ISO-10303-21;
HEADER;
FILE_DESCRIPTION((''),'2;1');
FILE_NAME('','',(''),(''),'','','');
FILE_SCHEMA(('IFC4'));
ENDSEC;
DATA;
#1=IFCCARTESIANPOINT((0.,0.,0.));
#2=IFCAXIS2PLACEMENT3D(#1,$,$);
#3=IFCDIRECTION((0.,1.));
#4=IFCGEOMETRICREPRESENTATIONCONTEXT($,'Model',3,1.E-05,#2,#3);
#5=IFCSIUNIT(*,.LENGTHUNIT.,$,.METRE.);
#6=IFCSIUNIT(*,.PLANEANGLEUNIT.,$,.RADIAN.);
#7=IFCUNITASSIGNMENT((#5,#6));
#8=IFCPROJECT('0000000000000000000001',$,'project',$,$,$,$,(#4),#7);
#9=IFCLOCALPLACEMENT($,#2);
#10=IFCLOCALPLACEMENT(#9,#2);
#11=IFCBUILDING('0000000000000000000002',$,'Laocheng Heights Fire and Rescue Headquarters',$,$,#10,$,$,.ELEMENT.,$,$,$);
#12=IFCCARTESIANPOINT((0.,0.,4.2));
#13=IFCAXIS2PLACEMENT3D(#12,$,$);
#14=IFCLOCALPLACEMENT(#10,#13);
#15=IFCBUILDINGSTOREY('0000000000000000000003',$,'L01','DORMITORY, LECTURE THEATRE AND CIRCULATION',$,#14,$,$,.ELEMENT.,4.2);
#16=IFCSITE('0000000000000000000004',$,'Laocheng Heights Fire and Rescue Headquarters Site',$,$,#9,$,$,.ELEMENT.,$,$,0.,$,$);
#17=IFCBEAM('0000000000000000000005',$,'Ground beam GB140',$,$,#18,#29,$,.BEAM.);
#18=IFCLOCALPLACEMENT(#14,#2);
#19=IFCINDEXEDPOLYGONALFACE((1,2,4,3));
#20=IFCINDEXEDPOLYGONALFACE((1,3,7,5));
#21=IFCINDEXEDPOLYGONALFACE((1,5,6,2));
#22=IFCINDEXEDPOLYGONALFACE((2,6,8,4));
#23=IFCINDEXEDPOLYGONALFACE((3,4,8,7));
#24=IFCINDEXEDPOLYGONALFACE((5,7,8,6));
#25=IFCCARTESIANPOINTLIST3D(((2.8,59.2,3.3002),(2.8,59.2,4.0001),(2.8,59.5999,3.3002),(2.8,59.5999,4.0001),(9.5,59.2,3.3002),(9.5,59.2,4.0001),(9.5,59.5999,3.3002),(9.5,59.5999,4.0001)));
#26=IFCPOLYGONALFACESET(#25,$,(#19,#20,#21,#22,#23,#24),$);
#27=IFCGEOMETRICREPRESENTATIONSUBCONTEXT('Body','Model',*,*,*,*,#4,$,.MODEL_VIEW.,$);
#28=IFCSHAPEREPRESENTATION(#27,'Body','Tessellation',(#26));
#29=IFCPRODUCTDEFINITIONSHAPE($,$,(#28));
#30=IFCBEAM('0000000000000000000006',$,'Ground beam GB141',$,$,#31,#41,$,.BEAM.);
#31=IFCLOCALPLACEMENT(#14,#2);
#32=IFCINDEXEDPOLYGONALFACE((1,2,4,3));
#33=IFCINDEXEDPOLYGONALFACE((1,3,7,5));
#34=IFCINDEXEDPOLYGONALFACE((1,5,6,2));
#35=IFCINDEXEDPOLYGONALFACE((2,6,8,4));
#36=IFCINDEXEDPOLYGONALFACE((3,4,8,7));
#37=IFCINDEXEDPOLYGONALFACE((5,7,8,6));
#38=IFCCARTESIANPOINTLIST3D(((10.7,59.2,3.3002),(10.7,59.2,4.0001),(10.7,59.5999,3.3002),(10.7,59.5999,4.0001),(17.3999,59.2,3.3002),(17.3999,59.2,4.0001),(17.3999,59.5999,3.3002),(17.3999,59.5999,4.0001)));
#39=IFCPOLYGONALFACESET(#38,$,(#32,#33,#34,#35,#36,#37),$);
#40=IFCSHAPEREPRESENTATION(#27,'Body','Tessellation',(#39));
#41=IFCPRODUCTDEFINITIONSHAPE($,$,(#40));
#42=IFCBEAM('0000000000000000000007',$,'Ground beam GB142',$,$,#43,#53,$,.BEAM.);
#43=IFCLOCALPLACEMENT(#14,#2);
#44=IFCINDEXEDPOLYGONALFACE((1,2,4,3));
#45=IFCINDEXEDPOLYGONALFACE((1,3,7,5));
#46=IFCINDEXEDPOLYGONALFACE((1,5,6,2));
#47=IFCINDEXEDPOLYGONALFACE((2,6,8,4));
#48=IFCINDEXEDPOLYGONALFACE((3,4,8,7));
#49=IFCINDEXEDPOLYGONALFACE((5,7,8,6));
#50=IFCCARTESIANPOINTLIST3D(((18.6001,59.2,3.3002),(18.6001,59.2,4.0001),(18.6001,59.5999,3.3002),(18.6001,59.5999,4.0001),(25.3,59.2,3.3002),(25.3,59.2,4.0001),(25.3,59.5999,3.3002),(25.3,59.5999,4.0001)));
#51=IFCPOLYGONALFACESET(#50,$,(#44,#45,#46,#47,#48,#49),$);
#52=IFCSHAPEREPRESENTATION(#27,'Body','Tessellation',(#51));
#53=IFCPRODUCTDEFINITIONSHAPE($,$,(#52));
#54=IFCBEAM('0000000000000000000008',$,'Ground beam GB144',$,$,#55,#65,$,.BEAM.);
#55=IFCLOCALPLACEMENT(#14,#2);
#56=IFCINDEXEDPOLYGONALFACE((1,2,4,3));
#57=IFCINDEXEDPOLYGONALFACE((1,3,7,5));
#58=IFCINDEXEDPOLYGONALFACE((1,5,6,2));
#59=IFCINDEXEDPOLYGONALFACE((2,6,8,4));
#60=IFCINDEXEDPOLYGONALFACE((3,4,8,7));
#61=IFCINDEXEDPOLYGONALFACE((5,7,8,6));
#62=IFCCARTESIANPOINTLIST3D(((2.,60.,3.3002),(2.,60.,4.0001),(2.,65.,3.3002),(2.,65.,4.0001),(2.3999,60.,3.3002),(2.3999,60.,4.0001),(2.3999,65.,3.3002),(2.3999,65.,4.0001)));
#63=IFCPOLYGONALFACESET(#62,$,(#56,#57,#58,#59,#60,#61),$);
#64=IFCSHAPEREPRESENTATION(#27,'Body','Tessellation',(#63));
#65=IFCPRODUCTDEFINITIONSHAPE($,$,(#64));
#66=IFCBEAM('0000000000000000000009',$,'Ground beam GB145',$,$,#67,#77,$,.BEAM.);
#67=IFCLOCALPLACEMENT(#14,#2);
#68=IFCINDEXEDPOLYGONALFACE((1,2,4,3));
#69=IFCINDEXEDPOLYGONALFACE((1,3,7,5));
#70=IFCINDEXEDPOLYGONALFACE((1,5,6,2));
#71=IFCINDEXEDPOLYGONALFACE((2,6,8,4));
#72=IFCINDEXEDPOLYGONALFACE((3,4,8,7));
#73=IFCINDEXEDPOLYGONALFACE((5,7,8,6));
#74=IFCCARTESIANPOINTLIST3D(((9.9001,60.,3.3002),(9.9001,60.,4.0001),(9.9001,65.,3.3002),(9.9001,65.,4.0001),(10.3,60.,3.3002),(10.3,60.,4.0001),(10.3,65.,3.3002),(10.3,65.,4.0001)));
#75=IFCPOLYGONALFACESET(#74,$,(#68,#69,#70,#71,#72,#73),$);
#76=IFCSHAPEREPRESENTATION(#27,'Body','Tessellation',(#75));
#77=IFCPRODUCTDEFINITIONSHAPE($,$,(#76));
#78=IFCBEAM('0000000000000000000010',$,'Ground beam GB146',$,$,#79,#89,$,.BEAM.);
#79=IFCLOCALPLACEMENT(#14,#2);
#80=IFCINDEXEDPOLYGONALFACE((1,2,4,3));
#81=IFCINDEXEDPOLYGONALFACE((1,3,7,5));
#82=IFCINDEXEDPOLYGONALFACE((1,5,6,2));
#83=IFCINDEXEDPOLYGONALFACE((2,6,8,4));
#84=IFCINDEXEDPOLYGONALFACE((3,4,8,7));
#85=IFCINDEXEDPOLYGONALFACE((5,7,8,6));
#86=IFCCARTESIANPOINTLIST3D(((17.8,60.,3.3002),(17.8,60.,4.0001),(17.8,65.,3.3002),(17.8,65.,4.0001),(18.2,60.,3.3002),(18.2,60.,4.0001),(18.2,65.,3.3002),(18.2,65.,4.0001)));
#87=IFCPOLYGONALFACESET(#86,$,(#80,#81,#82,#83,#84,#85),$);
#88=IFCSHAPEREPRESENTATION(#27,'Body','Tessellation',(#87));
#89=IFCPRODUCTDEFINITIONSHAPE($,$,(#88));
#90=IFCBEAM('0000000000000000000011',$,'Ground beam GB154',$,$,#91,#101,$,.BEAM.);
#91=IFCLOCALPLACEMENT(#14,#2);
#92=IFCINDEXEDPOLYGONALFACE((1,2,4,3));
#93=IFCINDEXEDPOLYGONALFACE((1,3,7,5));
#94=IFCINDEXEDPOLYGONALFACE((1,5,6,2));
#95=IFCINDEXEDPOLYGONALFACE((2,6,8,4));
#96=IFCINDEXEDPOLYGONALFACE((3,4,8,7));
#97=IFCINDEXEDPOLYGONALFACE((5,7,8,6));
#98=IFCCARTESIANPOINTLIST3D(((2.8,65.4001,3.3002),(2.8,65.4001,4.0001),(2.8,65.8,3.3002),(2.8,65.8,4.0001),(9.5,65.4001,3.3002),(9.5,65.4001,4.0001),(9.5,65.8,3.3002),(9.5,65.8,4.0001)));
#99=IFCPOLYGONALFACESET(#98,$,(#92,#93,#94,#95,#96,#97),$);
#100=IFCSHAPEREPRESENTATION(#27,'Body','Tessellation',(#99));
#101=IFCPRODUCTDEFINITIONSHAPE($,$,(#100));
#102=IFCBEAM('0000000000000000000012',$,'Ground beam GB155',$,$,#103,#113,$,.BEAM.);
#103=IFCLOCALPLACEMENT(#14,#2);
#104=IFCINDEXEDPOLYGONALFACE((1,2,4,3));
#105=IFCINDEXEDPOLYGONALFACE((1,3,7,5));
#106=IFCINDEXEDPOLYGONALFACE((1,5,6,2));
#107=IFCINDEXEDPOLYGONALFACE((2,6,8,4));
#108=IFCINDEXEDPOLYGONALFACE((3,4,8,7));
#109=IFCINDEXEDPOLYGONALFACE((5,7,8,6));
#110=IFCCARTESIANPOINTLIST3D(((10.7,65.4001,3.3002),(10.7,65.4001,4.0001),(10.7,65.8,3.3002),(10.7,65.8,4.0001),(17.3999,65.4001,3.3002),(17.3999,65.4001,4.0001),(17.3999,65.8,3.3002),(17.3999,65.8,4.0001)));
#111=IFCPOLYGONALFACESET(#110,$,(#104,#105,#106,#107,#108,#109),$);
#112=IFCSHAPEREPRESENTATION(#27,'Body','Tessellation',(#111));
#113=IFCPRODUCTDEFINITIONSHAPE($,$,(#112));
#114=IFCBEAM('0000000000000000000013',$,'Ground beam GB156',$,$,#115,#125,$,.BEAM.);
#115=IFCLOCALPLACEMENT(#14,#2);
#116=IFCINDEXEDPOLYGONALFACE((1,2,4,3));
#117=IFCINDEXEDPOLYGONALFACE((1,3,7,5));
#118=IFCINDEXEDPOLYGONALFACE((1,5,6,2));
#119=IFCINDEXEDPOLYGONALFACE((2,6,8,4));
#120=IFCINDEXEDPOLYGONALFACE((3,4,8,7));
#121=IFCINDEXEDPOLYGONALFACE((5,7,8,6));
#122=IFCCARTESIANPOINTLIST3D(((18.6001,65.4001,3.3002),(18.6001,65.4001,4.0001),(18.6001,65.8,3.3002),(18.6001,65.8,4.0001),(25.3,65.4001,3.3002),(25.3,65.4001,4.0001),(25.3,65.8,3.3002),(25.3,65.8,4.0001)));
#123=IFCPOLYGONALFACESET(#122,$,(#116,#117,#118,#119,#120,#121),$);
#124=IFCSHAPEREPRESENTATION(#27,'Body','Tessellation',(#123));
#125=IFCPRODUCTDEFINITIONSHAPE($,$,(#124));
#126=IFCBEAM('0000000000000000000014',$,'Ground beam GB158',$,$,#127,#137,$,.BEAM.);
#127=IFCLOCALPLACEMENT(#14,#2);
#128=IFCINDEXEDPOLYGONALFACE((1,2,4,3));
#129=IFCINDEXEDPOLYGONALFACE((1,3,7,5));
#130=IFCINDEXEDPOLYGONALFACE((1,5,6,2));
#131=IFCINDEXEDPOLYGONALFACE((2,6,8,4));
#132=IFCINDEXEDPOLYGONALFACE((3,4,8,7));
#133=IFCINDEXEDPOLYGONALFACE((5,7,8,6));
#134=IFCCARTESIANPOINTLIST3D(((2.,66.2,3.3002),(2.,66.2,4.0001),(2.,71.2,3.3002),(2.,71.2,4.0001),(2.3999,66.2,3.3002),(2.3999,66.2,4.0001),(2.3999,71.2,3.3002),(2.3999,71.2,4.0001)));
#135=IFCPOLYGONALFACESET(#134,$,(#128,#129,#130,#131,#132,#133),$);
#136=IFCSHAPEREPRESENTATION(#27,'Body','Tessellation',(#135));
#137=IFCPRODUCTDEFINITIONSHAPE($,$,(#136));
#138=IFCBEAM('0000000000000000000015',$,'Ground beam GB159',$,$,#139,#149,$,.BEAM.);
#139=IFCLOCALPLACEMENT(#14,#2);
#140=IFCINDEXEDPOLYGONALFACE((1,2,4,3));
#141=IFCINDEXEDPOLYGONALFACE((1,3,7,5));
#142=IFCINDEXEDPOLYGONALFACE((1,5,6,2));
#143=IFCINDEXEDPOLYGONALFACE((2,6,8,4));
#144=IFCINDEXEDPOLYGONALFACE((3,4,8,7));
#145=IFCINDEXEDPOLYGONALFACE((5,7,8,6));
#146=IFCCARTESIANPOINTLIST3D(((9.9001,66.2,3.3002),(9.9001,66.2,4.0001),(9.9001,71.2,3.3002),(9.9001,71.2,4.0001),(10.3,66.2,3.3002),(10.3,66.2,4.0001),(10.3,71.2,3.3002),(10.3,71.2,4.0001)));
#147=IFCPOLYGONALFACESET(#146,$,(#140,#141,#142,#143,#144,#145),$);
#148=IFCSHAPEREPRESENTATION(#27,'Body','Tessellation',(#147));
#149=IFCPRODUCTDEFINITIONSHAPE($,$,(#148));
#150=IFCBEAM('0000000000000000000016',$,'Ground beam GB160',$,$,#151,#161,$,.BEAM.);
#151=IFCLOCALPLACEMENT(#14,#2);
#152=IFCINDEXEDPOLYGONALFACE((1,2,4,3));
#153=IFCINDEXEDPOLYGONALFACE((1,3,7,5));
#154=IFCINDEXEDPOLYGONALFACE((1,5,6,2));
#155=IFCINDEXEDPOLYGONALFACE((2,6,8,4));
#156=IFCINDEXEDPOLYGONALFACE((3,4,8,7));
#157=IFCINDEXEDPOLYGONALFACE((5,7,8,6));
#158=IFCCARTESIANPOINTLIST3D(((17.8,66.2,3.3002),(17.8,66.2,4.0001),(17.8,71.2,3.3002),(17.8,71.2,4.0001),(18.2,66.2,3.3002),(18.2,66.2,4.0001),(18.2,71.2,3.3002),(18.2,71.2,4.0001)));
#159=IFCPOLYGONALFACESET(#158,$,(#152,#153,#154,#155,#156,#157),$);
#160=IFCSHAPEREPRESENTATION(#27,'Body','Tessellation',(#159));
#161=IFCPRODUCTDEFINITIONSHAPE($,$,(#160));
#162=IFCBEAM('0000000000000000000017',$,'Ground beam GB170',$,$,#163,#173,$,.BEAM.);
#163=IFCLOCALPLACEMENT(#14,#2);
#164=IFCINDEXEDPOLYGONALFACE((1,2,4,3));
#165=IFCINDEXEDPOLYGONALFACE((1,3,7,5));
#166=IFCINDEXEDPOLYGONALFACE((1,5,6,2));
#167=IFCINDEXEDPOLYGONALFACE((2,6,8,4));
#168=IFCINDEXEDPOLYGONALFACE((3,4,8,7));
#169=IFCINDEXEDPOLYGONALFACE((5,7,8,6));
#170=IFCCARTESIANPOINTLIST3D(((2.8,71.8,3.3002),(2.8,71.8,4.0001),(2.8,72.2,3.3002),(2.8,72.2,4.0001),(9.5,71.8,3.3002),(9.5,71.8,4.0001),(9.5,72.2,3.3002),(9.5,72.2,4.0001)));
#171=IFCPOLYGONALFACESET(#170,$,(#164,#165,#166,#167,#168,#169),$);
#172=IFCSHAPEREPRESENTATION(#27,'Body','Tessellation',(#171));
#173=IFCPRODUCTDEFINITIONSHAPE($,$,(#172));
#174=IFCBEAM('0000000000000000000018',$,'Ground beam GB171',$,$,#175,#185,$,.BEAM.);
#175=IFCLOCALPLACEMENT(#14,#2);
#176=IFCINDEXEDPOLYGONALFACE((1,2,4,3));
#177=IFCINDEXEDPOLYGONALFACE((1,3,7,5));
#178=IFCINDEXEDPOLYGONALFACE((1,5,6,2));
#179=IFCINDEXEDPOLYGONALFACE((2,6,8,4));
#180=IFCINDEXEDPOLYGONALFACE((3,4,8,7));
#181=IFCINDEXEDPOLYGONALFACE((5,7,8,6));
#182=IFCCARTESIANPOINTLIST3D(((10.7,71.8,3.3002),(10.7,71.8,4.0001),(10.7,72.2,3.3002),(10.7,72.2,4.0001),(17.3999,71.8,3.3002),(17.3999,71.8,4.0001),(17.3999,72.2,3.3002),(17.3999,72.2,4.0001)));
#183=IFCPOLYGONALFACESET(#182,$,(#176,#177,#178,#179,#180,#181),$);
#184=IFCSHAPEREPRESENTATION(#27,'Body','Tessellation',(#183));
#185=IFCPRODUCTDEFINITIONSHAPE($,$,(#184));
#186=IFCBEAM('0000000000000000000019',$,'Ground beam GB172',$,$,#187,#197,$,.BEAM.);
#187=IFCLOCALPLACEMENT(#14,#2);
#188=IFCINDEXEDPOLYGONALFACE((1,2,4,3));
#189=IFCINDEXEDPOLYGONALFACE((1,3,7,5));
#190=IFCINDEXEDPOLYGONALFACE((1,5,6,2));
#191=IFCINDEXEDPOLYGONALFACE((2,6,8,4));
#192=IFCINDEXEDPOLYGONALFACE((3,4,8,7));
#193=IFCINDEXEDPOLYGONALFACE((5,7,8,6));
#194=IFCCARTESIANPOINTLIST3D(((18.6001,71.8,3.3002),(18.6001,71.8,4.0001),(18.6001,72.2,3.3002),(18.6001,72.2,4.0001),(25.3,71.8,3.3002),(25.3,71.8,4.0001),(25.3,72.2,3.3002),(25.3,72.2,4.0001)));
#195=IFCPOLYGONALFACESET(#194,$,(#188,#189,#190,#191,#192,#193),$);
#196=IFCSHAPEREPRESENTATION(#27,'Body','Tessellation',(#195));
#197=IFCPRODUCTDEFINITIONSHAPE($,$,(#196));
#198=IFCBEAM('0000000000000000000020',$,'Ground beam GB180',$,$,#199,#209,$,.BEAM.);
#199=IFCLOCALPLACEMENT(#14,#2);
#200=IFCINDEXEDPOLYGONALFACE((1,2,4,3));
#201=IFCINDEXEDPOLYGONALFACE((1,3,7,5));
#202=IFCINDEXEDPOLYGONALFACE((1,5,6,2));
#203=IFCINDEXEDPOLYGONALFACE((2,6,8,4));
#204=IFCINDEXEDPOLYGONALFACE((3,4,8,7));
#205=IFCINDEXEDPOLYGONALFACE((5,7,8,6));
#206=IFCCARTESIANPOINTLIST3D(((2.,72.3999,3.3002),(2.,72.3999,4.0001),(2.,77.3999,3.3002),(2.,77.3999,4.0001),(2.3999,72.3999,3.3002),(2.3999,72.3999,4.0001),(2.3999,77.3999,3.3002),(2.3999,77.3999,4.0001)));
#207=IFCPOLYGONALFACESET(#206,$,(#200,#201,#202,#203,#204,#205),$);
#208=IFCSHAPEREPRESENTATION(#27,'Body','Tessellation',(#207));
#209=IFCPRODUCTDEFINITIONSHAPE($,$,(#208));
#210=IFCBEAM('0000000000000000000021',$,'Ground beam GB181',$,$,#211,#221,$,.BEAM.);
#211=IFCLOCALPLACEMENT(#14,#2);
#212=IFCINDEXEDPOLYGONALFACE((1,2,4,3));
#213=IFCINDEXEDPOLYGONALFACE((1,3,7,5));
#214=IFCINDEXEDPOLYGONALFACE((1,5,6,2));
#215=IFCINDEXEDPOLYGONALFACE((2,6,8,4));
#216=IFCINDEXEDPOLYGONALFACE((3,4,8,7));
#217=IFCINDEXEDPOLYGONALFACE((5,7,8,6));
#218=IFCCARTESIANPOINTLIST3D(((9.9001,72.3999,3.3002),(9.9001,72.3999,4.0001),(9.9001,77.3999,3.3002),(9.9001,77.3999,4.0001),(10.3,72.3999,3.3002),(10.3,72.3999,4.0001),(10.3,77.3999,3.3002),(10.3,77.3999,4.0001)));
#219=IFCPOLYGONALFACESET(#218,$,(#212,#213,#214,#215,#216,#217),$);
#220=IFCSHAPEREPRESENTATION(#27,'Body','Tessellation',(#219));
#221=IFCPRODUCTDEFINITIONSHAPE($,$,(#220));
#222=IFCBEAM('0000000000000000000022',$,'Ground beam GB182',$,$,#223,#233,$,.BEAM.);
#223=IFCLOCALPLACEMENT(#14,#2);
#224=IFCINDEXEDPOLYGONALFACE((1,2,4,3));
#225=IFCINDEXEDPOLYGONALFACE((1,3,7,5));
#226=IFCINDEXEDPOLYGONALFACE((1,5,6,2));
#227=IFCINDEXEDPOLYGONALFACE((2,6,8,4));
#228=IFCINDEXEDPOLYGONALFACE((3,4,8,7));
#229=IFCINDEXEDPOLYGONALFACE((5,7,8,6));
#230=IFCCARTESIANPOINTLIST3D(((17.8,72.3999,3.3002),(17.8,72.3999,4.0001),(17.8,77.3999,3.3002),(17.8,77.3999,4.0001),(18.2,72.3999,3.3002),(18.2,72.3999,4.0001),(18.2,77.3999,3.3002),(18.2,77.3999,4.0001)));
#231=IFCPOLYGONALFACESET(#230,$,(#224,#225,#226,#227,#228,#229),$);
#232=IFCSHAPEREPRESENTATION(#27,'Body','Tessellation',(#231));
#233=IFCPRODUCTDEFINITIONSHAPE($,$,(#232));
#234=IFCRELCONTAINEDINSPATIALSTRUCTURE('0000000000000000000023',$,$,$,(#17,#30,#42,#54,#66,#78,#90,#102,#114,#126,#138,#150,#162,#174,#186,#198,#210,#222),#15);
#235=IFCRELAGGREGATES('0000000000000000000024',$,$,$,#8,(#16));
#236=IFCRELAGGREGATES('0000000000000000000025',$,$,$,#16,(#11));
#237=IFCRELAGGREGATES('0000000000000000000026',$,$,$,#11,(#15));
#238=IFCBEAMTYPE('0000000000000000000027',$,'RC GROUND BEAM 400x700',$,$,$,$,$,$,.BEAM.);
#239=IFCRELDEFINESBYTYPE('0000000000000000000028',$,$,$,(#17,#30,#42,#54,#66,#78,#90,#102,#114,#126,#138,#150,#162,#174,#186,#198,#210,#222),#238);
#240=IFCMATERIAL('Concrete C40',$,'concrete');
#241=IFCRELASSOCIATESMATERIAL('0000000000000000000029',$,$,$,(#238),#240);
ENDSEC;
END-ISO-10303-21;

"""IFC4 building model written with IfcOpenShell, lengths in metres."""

from ifc_helpers import new_model, si_unit, direction, frame, origin, origin_2d, place, context, subcontext, project, spatial, rectangle, extrude, material, material_profile, profile_set, type_object, element, save


model = new_model("IFC4")

# Units and contexts
model_context = context("Model", 3, precision=1e-05, world=origin(), true_north=direction((0.0, 1.0)))
body_context = subcontext(model_context, "Body", "Model", "MODEL_VIEW")
ifc_project = project(units=[si_unit("LENGTHUNIT", "METRE"), si_unit("PLANEANGLEUNIT", "RADIAN")], contexts=[model_context])

# Site, building, storey
site_placement = place(None, origin())
site = spatial("IfcSite", under=ifc_project, at=site_placement, Name="Laocheng Heights Fire and Rescue Headquarters Site", CompositionType="ELEMENT", RefElevation=0.0)
building_placement = place(site_placement, origin())
building = spatial("IfcBuilding", under=site, at=building_placement, Name="Laocheng Heights Fire and Rescue Headquarters", CompositionType="ELEMENT")
storey_placement = place(building_placement, frame((0.0, 0.0, 4.2)))
storey = spatial("IfcBuildingStorey", under=building, at=storey_placement, Name="L01", Description="DORMITORY, LECTURE THEATRE AND CIRCULATION", CompositionType="ELEMENT", Elevation=4.2)

# Beams
ifc_material_1 = material(Name="Concrete C40", Category="concrete")
ifc_material_profile = material_profile(ifc_material_1, rectangle(XDim=0.3999, YDim=0.7, at=origin_2d()), Name="RC GROUND BEAM 400x700")
ifc_profile_set = profile_set([ifc_material_profile], Name="Concrete C40")
beam_type = type_object("IfcBeamType", Name="RC GROUND BEAM 400x700", PredefinedType="BEAM", material=ifc_profile_set)
for number, where, z_axis, x_axis, name in (
    (1, (2.8, 59.3999, 3.6501), (1.0, 0.0, 0.0), (0.0, 1.0, 0.0), "Ground beam GB140"),
    (2, (10.7, 59.3999, 3.6501), (1.0, 0.0, 0.0), (0.0, 1.0, 0.0), "Ground beam GB141"),
    (3, (18.6001, 59.3999, 3.6501), (1.0, 0.0, 0.0), (0.0, 1.0, 0.0), "Ground beam GB142"),
):
    element("IfcBeam", number, at=place(storey_placement, frame(where, z_axis=z_axis, x_axis=x_axis)), inside=storey, type_object=beam_type, Name=name, PredefinedType="BEAM", context=body_context, shape_type="SweptSolid", body=[
        extrude(rectangle(XDim=0.3999, YDim=0.7, at=origin_2d()), origin(), (0.0, 0.0, 1.0), 6.7),
    ])
for number, where, z_axis, x_axis, name in (
    (4, (2.2, 60.0, 3.6501), (0.0, 1.0, 0.0), (-1.0, 0.0, 0.0), "Ground beam GB144"),
    (5, (10.1001, 60.0, 3.6501), (0.0, 1.0, 0.0), (-1.0, 0.0, 0.0), "Ground beam GB145"),
    (6, (18.0, 60.0, 3.6501), (0.0, 1.0, 0.0), (-1.0, 0.0, 0.0), "Ground beam GB146"),
):
    element("IfcBeam", number, at=place(storey_placement, frame(where, z_axis=z_axis, x_axis=x_axis)), inside=storey, type_object=beam_type, Name=name, PredefinedType="BEAM", context=body_context, shape_type="SweptSolid", body=[
        extrude(rectangle(XDim=0.3999, YDim=0.7, at=origin_2d()), origin(), (0.0, 0.0, 1.0), 5.0),
    ])
for number, where, z_axis, x_axis, name in (
    (7, (2.8, 65.6001, 3.6501), (1.0, 0.0, 0.0), (0.0, 1.0, 0.0), "Ground beam GB154"),
    (8, (10.7, 65.6001, 3.6501), (1.0, 0.0, 0.0), (0.0, 1.0, 0.0), "Ground beam GB155"),
    (9, (18.6001, 65.6001, 3.6501), (1.0, 0.0, 0.0), (0.0, 1.0, 0.0), "Ground beam GB156"),
):
    element("IfcBeam", number, at=place(storey_placement, frame(where, z_axis=z_axis, x_axis=x_axis)), inside=storey, type_object=beam_type, Name=name, PredefinedType="BEAM", context=body_context, shape_type="SweptSolid", body=[
        extrude(rectangle(XDim=0.3999, YDim=0.7, at=origin_2d()), origin(), (0.0, 0.0, 1.0), 6.7),
    ])
for number, where, z_axis, x_axis, name in (
    (10, (2.2, 66.2, 3.6501), (0.0, 1.0, 0.0), (-1.0, 0.0, 0.0), "Ground beam GB158"),
    (11, (10.1001, 66.2, 3.6501), (0.0, 1.0, 0.0), (-1.0, 0.0, 0.0), "Ground beam GB159"),
    (12, (18.0, 66.2, 3.6501), (0.0, 1.0, 0.0), (-1.0, 0.0, 0.0), "Ground beam GB160"),
):
    element("IfcBeam", number, at=place(storey_placement, frame(where, z_axis=z_axis, x_axis=x_axis)), inside=storey, type_object=beam_type, Name=name, PredefinedType="BEAM", context=body_context, shape_type="SweptSolid", body=[
        extrude(rectangle(XDim=0.3999, YDim=0.7, at=origin_2d()), origin(), (0.0, 0.0, 1.0), 5.0),
    ])
for number, where, z_axis, x_axis, name in (
    (13, (2.8, 72.0, 3.6501), (1.0, 0.0, 0.0), (0.0, 1.0, 0.0), "Ground beam GB170"),
    (14, (10.7, 72.0, 3.6501), (1.0, 0.0, 0.0), (0.0, 1.0, 0.0), "Ground beam GB171"),
    (15, (18.6001, 72.0, 3.6501), (1.0, 0.0, 0.0), (0.0, 1.0, 0.0), "Ground beam GB172"),
):
    element("IfcBeam", number, at=place(storey_placement, frame(where, z_axis=z_axis, x_axis=x_axis)), inside=storey, type_object=beam_type, Name=name, PredefinedType="BEAM", context=body_context, shape_type="SweptSolid", body=[
        extrude(rectangle(XDim=0.3999, YDim=0.7, at=origin_2d()), origin(), (0.0, 0.0, 1.0), 6.7),
    ])
for number, where, z_axis, x_axis, name in (
    (16, (2.2, 72.3999, 3.6501), (0.0, 1.0, 0.0), (-1.0, 0.0, 0.0), "Ground beam GB180"),
    (17, (10.1001, 72.3999, 3.6501), (0.0, 1.0, 0.0), (-1.0, 0.0, 0.0), "Ground beam GB181"),
    (18, (18.0, 72.3999, 3.6501), (0.0, 1.0, 0.0), (-1.0, 0.0, 0.0), "Ground beam GB182"),
):
    element("IfcBeam", number, at=place(storey_placement, frame(where, z_axis=z_axis, x_axis=x_axis)), inside=storey, type_object=beam_type, Name=name, PredefinedType="BEAM", context=body_context, shape_type="SweptSolid", body=[
        extrude(rectangle(XDim=0.3999, YDim=0.7, at=origin_2d()), origin(), (0.0, 0.0, 1.0), 5.0),
    ])

save(model, "model.ifc")
